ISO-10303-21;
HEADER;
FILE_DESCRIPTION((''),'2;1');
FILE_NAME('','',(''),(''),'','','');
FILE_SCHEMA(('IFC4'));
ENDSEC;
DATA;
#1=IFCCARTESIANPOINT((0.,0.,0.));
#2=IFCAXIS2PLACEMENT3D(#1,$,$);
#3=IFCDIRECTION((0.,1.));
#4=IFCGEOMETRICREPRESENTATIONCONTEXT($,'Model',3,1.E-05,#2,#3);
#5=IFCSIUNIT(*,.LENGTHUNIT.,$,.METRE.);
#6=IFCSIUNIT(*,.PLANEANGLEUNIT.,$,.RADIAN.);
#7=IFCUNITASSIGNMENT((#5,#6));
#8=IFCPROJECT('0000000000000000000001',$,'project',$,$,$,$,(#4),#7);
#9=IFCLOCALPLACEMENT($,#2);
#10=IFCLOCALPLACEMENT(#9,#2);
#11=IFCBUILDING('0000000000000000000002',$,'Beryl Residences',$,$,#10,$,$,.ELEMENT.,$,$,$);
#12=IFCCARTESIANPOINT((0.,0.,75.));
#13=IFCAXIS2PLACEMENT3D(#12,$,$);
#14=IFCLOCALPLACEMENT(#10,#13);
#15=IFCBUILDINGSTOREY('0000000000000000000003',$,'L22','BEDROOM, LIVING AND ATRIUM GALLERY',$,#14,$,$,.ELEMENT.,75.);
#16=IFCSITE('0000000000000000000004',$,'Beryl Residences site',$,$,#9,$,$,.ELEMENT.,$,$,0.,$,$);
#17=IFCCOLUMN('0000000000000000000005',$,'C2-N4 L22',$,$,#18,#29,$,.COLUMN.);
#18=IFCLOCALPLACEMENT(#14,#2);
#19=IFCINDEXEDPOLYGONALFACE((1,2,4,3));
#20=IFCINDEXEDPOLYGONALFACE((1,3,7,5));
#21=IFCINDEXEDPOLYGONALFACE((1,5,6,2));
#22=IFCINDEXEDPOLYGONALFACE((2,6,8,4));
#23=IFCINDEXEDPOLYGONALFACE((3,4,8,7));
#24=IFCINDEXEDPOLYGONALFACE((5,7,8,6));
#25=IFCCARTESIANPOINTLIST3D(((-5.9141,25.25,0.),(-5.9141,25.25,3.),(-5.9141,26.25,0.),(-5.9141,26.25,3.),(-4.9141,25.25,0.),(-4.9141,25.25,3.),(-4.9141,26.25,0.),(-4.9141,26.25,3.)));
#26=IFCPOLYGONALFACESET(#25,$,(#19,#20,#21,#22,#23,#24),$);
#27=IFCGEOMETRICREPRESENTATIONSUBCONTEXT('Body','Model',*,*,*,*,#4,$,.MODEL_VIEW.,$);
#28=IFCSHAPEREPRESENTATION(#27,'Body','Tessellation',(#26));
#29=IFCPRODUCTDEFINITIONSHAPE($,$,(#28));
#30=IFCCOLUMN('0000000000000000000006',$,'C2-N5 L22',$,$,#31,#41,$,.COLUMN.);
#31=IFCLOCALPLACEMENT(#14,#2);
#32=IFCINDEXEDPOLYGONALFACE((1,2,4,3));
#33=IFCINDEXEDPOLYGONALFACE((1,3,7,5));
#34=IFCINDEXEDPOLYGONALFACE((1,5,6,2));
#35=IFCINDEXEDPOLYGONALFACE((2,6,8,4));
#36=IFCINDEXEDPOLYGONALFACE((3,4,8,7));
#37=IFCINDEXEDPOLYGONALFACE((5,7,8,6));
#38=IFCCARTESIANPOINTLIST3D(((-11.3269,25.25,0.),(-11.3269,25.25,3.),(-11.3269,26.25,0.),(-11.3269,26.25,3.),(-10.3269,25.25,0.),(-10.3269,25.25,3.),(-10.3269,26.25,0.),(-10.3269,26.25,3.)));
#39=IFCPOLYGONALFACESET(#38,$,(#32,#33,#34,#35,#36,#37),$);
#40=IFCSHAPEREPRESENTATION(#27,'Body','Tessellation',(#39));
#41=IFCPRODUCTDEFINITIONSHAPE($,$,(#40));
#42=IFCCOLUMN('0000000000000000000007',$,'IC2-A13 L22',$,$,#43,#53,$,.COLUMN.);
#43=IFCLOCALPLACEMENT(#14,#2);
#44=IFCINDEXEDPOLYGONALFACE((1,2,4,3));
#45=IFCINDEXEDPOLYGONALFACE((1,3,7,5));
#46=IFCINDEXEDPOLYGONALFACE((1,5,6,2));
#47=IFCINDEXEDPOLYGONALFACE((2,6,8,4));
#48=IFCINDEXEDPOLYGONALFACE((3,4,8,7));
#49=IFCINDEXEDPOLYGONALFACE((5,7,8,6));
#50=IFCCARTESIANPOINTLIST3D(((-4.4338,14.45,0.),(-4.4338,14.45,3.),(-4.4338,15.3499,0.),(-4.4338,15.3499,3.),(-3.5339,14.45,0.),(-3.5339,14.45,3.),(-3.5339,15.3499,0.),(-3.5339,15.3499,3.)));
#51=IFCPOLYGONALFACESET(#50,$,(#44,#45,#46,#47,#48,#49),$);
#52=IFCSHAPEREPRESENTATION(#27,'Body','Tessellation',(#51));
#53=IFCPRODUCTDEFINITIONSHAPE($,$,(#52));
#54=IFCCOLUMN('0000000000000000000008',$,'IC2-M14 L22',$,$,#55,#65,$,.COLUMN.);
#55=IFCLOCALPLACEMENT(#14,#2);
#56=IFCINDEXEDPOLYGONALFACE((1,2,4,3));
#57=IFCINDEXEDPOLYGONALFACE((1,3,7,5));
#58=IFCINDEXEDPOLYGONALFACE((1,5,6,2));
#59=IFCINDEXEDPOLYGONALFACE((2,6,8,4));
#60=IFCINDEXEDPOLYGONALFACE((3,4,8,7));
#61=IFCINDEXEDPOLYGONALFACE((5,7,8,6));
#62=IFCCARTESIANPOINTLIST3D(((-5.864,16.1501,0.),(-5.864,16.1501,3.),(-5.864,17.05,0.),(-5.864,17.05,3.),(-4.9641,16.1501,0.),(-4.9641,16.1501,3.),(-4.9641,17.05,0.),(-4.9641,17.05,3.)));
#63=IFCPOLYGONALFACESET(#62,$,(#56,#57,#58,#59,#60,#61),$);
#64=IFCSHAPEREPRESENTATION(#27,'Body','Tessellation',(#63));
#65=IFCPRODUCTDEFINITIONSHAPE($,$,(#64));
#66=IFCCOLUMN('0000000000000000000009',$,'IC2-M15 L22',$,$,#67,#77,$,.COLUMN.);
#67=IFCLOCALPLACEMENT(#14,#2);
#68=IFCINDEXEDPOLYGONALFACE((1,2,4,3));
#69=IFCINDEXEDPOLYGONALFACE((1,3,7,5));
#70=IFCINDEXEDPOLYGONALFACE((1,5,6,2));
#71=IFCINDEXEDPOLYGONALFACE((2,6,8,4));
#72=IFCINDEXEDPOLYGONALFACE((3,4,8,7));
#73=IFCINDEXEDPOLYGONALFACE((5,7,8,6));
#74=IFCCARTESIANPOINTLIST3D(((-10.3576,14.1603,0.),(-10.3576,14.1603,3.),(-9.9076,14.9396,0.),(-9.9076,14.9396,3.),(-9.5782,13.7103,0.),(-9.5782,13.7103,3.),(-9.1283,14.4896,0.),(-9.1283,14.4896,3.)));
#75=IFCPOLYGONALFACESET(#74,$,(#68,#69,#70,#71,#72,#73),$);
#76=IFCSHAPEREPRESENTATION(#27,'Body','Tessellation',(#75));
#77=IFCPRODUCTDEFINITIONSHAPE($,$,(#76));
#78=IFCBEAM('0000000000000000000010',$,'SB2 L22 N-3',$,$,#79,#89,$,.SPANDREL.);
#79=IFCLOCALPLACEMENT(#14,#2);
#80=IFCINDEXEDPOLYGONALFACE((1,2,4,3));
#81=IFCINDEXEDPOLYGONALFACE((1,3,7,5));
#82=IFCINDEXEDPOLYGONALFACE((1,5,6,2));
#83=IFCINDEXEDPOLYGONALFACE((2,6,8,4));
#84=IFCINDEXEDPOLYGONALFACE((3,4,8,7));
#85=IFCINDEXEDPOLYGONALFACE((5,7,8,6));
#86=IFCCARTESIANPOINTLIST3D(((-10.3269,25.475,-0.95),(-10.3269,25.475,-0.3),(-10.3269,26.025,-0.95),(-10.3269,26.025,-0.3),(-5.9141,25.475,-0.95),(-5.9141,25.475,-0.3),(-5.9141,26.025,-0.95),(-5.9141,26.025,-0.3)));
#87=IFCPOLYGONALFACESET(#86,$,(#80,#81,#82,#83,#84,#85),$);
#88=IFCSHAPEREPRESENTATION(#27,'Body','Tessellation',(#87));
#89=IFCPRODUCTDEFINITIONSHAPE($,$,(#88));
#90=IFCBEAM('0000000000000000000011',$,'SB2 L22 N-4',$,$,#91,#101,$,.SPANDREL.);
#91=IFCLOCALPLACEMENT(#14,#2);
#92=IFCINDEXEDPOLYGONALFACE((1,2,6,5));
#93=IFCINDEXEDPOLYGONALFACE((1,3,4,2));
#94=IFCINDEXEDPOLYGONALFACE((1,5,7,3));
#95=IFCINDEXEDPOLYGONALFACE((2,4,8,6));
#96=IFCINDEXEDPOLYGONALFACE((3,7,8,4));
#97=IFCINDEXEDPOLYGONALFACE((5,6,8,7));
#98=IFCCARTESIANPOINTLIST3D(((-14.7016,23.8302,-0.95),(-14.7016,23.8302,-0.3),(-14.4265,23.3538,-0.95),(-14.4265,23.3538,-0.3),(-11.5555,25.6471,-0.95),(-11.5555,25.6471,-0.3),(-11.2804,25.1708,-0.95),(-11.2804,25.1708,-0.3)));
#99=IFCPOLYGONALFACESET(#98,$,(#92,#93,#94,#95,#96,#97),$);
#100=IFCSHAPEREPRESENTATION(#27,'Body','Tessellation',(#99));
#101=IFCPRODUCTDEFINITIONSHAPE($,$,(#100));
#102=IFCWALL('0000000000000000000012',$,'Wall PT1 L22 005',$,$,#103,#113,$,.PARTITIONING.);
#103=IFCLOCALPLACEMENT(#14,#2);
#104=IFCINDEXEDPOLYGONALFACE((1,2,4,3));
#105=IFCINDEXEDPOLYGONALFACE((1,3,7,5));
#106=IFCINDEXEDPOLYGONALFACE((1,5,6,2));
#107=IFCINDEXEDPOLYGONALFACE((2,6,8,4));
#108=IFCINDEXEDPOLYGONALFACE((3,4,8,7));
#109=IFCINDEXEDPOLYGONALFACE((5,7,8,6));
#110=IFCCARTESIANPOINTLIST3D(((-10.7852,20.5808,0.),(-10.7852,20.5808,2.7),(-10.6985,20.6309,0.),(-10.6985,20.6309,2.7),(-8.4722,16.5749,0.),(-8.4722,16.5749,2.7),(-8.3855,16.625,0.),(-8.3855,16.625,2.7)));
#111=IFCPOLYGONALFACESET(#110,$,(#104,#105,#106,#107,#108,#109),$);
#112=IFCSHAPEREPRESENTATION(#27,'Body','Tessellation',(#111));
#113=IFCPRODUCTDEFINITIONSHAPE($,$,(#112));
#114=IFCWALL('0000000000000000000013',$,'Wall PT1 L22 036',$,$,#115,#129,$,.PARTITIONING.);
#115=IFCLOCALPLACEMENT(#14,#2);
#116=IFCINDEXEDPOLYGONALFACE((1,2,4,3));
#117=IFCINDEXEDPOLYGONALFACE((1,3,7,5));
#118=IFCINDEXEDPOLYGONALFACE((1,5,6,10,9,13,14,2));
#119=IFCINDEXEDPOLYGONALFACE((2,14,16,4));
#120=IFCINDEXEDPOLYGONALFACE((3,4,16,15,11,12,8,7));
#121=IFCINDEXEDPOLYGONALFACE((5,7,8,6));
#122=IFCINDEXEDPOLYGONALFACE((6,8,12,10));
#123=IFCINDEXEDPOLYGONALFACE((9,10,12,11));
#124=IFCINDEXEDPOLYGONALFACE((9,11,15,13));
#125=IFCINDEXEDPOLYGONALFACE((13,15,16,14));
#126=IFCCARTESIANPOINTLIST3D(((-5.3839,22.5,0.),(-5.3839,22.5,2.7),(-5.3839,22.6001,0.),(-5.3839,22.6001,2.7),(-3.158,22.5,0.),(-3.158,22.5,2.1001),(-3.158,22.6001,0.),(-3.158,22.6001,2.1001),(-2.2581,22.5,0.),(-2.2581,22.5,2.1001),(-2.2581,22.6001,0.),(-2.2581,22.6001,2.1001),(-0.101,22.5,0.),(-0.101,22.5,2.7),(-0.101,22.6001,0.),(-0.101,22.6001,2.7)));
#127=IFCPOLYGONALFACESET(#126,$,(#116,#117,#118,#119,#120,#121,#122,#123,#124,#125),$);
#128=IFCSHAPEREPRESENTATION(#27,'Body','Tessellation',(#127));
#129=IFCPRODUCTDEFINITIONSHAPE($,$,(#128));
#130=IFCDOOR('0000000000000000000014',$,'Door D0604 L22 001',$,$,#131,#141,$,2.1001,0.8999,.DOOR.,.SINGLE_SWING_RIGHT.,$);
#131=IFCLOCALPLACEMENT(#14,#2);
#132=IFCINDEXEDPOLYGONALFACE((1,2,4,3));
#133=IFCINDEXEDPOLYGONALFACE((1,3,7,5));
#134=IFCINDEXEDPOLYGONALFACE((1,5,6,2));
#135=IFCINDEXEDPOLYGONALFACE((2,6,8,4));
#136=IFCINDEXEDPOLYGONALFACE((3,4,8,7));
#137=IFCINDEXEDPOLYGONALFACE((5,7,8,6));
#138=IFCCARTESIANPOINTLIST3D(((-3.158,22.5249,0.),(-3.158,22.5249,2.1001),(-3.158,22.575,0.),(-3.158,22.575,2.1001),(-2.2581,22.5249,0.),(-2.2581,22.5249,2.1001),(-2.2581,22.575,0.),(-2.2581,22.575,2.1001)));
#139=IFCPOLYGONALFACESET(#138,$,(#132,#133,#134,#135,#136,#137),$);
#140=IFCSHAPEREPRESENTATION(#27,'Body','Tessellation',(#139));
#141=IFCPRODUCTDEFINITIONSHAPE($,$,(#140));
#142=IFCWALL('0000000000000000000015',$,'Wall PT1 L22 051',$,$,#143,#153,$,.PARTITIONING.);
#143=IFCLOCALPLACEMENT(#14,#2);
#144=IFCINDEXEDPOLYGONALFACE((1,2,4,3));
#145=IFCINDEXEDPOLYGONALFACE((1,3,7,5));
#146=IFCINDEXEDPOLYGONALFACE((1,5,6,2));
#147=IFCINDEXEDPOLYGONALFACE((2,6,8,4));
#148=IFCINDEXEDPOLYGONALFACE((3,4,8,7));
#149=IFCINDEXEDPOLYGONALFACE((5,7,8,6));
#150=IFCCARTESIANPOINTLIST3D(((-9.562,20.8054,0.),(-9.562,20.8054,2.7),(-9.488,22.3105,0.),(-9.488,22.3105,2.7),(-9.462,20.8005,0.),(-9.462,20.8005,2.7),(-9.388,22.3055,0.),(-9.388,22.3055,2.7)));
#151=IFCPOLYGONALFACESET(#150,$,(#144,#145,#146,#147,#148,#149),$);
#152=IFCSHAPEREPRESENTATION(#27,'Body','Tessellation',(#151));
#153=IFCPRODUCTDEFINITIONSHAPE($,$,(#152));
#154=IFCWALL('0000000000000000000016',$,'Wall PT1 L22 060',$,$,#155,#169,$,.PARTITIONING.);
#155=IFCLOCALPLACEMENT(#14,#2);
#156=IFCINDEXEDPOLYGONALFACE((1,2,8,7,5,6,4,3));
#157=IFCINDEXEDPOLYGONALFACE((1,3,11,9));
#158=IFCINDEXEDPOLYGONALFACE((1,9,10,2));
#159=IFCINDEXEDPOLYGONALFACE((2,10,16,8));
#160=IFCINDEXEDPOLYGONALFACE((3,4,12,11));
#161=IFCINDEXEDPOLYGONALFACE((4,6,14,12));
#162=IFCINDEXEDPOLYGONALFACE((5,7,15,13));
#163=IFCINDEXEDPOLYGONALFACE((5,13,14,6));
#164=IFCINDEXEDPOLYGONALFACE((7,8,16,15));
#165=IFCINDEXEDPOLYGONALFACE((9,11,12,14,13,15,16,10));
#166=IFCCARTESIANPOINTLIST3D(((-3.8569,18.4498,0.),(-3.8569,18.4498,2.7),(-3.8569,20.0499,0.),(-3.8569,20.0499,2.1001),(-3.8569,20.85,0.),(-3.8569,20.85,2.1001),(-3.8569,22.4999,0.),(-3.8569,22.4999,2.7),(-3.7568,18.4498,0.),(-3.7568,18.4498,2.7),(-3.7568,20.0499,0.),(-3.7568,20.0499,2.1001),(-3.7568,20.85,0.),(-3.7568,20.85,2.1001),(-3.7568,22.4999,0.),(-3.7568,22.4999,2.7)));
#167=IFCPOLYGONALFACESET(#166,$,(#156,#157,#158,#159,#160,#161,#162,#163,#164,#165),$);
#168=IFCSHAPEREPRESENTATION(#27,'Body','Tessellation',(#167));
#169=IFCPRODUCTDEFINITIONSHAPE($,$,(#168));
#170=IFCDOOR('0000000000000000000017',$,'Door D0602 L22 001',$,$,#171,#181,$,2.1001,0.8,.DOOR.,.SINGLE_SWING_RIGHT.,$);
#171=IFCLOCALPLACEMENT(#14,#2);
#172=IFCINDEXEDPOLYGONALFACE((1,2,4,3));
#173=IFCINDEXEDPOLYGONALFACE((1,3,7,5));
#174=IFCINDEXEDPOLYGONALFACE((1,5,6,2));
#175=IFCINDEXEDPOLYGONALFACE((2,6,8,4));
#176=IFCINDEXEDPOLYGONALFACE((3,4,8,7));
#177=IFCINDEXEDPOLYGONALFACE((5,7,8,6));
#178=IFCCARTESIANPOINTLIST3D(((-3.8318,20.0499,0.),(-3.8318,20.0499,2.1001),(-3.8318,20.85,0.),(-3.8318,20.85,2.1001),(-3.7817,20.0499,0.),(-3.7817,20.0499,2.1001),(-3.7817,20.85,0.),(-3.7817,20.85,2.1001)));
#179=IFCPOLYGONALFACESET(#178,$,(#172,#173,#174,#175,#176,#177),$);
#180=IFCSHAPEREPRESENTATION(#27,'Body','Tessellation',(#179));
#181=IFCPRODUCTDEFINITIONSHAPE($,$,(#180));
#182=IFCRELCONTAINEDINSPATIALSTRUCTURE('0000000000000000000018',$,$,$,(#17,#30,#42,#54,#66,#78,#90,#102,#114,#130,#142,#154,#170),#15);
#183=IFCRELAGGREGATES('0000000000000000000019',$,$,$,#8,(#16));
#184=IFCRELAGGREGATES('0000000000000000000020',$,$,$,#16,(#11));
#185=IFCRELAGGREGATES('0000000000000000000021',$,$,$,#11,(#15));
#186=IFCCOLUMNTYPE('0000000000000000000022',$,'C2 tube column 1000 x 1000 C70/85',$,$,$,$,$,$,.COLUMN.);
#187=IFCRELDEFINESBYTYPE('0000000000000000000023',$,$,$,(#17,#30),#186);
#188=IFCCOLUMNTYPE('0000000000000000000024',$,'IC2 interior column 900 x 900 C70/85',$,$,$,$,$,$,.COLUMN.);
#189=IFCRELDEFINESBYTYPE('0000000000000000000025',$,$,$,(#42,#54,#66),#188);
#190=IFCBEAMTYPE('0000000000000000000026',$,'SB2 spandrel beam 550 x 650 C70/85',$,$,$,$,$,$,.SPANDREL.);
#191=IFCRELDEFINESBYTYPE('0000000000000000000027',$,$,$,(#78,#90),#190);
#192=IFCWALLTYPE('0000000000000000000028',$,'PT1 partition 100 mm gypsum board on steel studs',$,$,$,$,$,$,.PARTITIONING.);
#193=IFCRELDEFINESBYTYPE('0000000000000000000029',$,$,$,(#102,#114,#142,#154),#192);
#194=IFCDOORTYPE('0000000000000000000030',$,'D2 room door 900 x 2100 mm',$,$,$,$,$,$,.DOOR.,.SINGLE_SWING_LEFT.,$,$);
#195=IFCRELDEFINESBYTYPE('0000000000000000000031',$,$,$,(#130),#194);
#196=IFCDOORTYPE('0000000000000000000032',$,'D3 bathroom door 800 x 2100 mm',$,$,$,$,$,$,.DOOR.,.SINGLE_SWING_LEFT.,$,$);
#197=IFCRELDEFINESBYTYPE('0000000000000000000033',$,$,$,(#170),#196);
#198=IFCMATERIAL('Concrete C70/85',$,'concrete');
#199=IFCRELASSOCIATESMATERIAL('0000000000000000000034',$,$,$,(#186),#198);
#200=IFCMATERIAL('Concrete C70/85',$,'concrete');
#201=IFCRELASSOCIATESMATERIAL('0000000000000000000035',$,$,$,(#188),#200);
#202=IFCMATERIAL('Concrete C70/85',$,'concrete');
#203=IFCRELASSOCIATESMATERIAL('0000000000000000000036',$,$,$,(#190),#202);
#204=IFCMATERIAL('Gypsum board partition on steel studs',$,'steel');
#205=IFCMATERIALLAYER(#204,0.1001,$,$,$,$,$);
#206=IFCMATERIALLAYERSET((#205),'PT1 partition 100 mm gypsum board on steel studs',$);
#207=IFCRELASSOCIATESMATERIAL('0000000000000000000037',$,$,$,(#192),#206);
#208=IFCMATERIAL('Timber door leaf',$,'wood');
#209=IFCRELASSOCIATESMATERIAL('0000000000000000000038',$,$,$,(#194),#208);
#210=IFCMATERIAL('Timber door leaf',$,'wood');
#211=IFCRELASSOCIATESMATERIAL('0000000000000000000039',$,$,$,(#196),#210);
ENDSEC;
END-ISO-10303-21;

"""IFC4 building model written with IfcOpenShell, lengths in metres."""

from ifc_helpers import new_model, si_unit, direction, frame, frame_2d, origin, origin_2d, place, context, subcontext, project, spatial, rectangle, extrude, material, layer, layer_set, material_profile, profile_set, type_object, element, fill, save


model = new_model("IFC4")

# Units and contexts
model_context = context("Model", 3, precision=1e-05, world=origin(), true_north=direction((0.0, 1.0)))
body_context = subcontext(model_context, "Body", "Model", "MODEL_VIEW")
ifc_project = project(units=[si_unit("LENGTHUNIT", "METRE"), si_unit("PLANEANGLEUNIT", "RADIAN")], contexts=[model_context])

# Site, building, storey
site_placement = place(None, origin())
site = spatial("IfcSite", under=ifc_project, at=site_placement, Name="Beryl Residences site", CompositionType="ELEMENT", RefElevation=0.0)
building_placement = place(site_placement, origin())
building = spatial("IfcBuilding", under=site, at=building_placement, Name="Beryl Residences", CompositionType="ELEMENT")
storey_placement = place(building_placement, frame((0.0, 0.0, 75.0)))
storey = spatial("IfcBuildingStorey", under=building, at=storey_placement, Name="L22", Description="BEDROOM, LIVING AND ATRIUM GALLERY", CompositionType="ELEMENT", Elevation=75.0)

# Columns
ifc_material_1 = material(Name="Concrete C70/85", Category="concrete")
ifc_material_profile_1 = material_profile(ifc_material_1, rectangle(XDim=1.0, YDim=1.0, at=origin_2d()))
ifc_profile_set_1 = profile_set([ifc_material_profile_1], Name="Concrete C70/85")
column_type_1 = type_object("IfcColumnType", Name="C2 tube column 1000 x 1000 C70/85", PredefinedType="COLUMN", material=ifc_profile_set_1)
for number, where, z_axis, x_axis, name in (
    (1, (-5.4141, 25.75, 0.0), (0.0, 0.0, 1.0), (-1.0, 0.0, 0.0), "C2-N4 L22"),
    (2, (-10.8269, 25.75, 0.0), (0.0, 0.0, 1.0), (-1.0, 0.0, 0.0), "C2-N5 L22"),
):
    element("IfcColumn", number, at=place(storey_placement, frame(where, z_axis=z_axis, x_axis=x_axis)), inside=storey, type_object=column_type_1, Name=name, PredefinedType="COLUMN", context=body_context, shape_type="SweptSolid", body=[
        extrude(rectangle(XDim=1.0, YDim=1.0, at=origin_2d()), origin(), (0.0, 0.0, 1.0), 3.0),
    ])
ifc_material_2 = material(Name="Concrete C70/85", Category="concrete")
ifc_material_profile_2 = material_profile(ifc_material_2, rectangle(XDim=0.8999, YDim=0.8999, at=origin_2d()))
ifc_profile_set_2 = profile_set([ifc_material_profile_2], Name="Concrete C70/85")
column_type_2 = type_object("IfcColumnType", Name="IC2 interior column 900 x 900 C70/85", PredefinedType="COLUMN", material=ifc_profile_set_2)
for number, where, z_axis, x_axis, name in (
    (3, (-3.9839, 14.8999, 0.0), (0.0, 0.0, 1.0), (1.0, 0.0, 0.0), "IC2-A13 L22"),
    (4, (-5.4141, 16.6001, 0.0), (0.0, 0.0, 1.0), (-1.0, 0.0, 0.0), "IC2-M14 L22"),
    (5, (-9.7429, 14.325, 0.0), (0.0, 0.0, 1.0), (-0.5, -0.866025, 0.0), "IC2-M15 L22"),
):
    element("IfcColumn", number, at=place(storey_placement, frame(where, z_axis=z_axis, x_axis=x_axis)), inside=storey, type_object=column_type_2, Name=name, PredefinedType="COLUMN", context=body_context, shape_type="SweptSolid", body=[
        extrude(rectangle(XDim=0.8999, YDim=0.8999, at=origin_2d()), origin(), (0.0, 0.0, 1.0), 3.0),
    ])

# Beams
ifc_material_3 = material(Name="Concrete C70/85", Category="concrete")
ifc_material_profile_3 = material_profile(ifc_material_3, rectangle(XDim=0.55, YDim=0.6499, at=origin_2d()))
ifc_profile_set_3 = profile_set([ifc_material_profile_3], Name="Concrete C70/85")
beam_type = type_object("IfcBeamType", Name="SB2 spandrel beam 550 x 650 C70/85", PredefinedType="SPANDREL", material=ifc_profile_set_3)
beam_1_placement = place(storey_placement, frame((-5.9141, 25.75, -0.625), z_axis=(-1.0, 0.0, 0.0), x_axis=(0.0, -1.0, 0.0)))
element("IfcBeam", 6, at=beam_1_placement, inside=storey, type_object=beam_type, Name="SB2 L22 N-3", PredefinedType="SPANDREL", context=body_context, shape_type="SweptSolid", body=[
    extrude(rectangle(XDim=0.55, YDim=0.6499, at=origin_2d()), origin(), (0.0, 0.0, 1.0), 4.4128),
])
beam_2_placement = place(storey_placement, frame((-11.418, 25.4089, -0.625), z_axis=(-0.86596, -0.500114, 0.0), x_axis=(0.500114, -0.86596, 0.0)))
element("IfcBeam", 7, at=beam_2_placement, inside=storey, type_object=beam_type, Name="SB2 L22 N-4", PredefinedType="SPANDREL", context=body_context, shape_type="SweptSolid", body=[
    extrude(rectangle(XDim=0.55, YDim=0.6499, at=origin_2d()), origin(), (0.0, 0.0, 1.0), 3.6331),
])

# Wall
ifc_material_4 = material(Name="Gypsum board partition on steel studs", Category="steel")
ifc_layer_1 = layer(ifc_material_4, 0.1001)
ifc_layer_set_1 = layer_set([ifc_layer_1], Name="PT1 partition 100 mm gypsum board on steel studs")
wall_type_1 = type_object("IfcWallType", Name="PT1 partition 100 mm gypsum board on steel studs", PredefinedType="PARTITIONING", material=ifc_layer_set_1)
wall_1_placement = place(storey_placement, frame((-10.7419, 20.606, 0.0), z_axis=(0.0, 0.0, 1.0), x_axis=(0.500033, -0.866006, 0.0)))
element("IfcWall", 8, at=wall_1_placement, inside=storey, type_object=wall_type_1, Name="Wall PT1 L22 005", PredefinedType="PARTITIONING", context=body_context, shape_type="SweptSolid", body=[
    extrude(rectangle(XDim=4.6257, YDim=0.1001, at=frame_2d((2.313, 0.0))), origin(), (0.0, 0.0, 1.0), 2.7),
])

# Wall, opening, door
wall_2_placement = place(storey_placement, frame((-5.384, 22.55, 0.0), z_axis=(0.0, 0.0, 1.0), x_axis=(1.0, 0.0, 0.0)))
wall_2 = element("IfcWall", 9, at=wall_2_placement, inside=storey, type_object=wall_type_1, Name="Wall PT1 L22 036", PredefinedType="PARTITIONING", context=body_context, shape_type="SweptSolid", body=[
    extrude(rectangle(XDim=5.283, YDim=0.1001, at=frame_2d((2.6416, 0.0))), origin(), (0.0, 0.0, 1.0), 2.7),
])
opening_1_placement = place(wall_2_placement, frame((2.2261, 0.0, 0.0)))
opening_1 = element("IfcOpeningElement", 10, at=opening_1_placement, cuts=wall_2, PredefinedType="OPENING", context=body_context, shape_type="SweptSolid", body=[
    extrude(rectangle(XDim=0.8999, YDim=2.1001, at=frame_2d((0.45, 1.05))), frame((0.0, 0.0601, 0.0), z_axis=(0.0, -1.0, 0.0), x_axis=(1.0, 0.0, 0.0)), (0.0, 0.0, 1.0), 0.1201),
])
ifc_material_5 = material(Name="Timber door leaf", Category="wood")
door_type_1 = type_object("IfcDoorType", Name="D2 room door 900 x 2100 mm", OperationType="SINGLE_SWING_LEFT", PredefinedType="DOOR", material=ifc_material_5)
door_1_placement = place(opening_1_placement, origin())
door_1 = element("IfcDoor", 11, at=door_1_placement, inside=storey, type_object=door_type_1, Name="Door D0604 L22 001", OperationType="SINGLE_SWING_RIGHT", OverallHeight=2.1001, OverallWidth=0.8999, PredefinedType="DOOR", context=body_context, shape_type="SweptSolid", body=[
    extrude(rectangle(XDim=0.8999, YDim=2.1001, at=frame_2d((0.45, 1.05))), frame((0.0, 0.0249, 0.0), z_axis=(0.0, -1.0, 0.0), x_axis=(1.0, 0.0, 0.0)), (0.0, 0.0, 1.0), 0.05),
])
fill(opening_1, door_1)

# Wall
wall_3_placement = place(storey_placement, frame((-9.512, 20.803, 0.0), z_axis=(0.0, 0.0, 1.0), x_axis=(0.049089, 0.998794, 0.0)))
element("IfcWall", 12, at=wall_3_placement, inside=storey, type_object=wall_type_1, Name="Wall PT1 L22 051", PredefinedType="PARTITIONING", context=body_context, shape_type="SweptSolid", body=[
    extrude(rectangle(XDim=1.5068, YDim=0.1001, at=frame_2d((0.7534, 0.0))), origin(), (0.0, 0.0, 1.0), 2.7),
])

# Wall, opening, door
wall_4_placement = place(storey_placement, frame((-3.8069, 18.45, 0.0), z_axis=(0.0, 0.0, 1.0), x_axis=(0.0, 1.0, 0.0)))
wall_4 = element("IfcWall", 13, at=wall_4_placement, inside=storey, type_object=wall_type_1, Name="Wall PT1 L22 060", PredefinedType="PARTITIONING", context=body_context, shape_type="SweptSolid", body=[
    extrude(rectangle(XDim=4.05, YDim=0.1001, at=frame_2d((2.0249, 0.0))), origin(), (0.0, 0.0, 1.0), 2.7),
])
opening_2_placement = place(wall_4_placement, frame((1.6001, 0.0, 0.0)))
opening_2 = element("IfcOpeningElement", 14, at=opening_2_placement, cuts=wall_4, PredefinedType="OPENING", context=body_context, shape_type="SweptSolid", body=[
    extrude(rectangle(XDim=0.8, YDim=2.1001, at=frame_2d((0.3999, 1.05))), frame((0.0, 0.0601, 0.0), z_axis=(0.0, -1.0, 0.0), x_axis=(1.0, 0.0, 0.0)), (0.0, 0.0, 1.0), 0.1201),
])
ifc_material_6 = material(Name="Timber door leaf", Category="wood")
door_type_2 = type_object("IfcDoorType", Name="D3 bathroom door 800 x 2100 mm", OperationType="SINGLE_SWING_LEFT", PredefinedType="DOOR", material=ifc_material_6)
door_2_placement = place(opening_2_placement, origin())
door_2 = element("IfcDoor", 15, at=door_2_placement, inside=storey, type_object=door_type_2, Name="Door D0602 L22 001", OperationType="SINGLE_SWING_RIGHT", OverallHeight=2.1001, OverallWidth=0.8, PredefinedType="DOOR", context=body_context, shape_type="SweptSolid", body=[
    extrude(rectangle(XDim=0.8, YDim=2.1001, at=frame_2d((0.3999, 1.05))), frame((0.0, 0.0249, 0.0), z_axis=(0.0, -1.0, 0.0), x_axis=(1.0, 0.0, 0.0)), (0.0, 0.0, 1.0), 0.05),
])
fill(opening_2, door_2)

save(model, "model.ifc")
